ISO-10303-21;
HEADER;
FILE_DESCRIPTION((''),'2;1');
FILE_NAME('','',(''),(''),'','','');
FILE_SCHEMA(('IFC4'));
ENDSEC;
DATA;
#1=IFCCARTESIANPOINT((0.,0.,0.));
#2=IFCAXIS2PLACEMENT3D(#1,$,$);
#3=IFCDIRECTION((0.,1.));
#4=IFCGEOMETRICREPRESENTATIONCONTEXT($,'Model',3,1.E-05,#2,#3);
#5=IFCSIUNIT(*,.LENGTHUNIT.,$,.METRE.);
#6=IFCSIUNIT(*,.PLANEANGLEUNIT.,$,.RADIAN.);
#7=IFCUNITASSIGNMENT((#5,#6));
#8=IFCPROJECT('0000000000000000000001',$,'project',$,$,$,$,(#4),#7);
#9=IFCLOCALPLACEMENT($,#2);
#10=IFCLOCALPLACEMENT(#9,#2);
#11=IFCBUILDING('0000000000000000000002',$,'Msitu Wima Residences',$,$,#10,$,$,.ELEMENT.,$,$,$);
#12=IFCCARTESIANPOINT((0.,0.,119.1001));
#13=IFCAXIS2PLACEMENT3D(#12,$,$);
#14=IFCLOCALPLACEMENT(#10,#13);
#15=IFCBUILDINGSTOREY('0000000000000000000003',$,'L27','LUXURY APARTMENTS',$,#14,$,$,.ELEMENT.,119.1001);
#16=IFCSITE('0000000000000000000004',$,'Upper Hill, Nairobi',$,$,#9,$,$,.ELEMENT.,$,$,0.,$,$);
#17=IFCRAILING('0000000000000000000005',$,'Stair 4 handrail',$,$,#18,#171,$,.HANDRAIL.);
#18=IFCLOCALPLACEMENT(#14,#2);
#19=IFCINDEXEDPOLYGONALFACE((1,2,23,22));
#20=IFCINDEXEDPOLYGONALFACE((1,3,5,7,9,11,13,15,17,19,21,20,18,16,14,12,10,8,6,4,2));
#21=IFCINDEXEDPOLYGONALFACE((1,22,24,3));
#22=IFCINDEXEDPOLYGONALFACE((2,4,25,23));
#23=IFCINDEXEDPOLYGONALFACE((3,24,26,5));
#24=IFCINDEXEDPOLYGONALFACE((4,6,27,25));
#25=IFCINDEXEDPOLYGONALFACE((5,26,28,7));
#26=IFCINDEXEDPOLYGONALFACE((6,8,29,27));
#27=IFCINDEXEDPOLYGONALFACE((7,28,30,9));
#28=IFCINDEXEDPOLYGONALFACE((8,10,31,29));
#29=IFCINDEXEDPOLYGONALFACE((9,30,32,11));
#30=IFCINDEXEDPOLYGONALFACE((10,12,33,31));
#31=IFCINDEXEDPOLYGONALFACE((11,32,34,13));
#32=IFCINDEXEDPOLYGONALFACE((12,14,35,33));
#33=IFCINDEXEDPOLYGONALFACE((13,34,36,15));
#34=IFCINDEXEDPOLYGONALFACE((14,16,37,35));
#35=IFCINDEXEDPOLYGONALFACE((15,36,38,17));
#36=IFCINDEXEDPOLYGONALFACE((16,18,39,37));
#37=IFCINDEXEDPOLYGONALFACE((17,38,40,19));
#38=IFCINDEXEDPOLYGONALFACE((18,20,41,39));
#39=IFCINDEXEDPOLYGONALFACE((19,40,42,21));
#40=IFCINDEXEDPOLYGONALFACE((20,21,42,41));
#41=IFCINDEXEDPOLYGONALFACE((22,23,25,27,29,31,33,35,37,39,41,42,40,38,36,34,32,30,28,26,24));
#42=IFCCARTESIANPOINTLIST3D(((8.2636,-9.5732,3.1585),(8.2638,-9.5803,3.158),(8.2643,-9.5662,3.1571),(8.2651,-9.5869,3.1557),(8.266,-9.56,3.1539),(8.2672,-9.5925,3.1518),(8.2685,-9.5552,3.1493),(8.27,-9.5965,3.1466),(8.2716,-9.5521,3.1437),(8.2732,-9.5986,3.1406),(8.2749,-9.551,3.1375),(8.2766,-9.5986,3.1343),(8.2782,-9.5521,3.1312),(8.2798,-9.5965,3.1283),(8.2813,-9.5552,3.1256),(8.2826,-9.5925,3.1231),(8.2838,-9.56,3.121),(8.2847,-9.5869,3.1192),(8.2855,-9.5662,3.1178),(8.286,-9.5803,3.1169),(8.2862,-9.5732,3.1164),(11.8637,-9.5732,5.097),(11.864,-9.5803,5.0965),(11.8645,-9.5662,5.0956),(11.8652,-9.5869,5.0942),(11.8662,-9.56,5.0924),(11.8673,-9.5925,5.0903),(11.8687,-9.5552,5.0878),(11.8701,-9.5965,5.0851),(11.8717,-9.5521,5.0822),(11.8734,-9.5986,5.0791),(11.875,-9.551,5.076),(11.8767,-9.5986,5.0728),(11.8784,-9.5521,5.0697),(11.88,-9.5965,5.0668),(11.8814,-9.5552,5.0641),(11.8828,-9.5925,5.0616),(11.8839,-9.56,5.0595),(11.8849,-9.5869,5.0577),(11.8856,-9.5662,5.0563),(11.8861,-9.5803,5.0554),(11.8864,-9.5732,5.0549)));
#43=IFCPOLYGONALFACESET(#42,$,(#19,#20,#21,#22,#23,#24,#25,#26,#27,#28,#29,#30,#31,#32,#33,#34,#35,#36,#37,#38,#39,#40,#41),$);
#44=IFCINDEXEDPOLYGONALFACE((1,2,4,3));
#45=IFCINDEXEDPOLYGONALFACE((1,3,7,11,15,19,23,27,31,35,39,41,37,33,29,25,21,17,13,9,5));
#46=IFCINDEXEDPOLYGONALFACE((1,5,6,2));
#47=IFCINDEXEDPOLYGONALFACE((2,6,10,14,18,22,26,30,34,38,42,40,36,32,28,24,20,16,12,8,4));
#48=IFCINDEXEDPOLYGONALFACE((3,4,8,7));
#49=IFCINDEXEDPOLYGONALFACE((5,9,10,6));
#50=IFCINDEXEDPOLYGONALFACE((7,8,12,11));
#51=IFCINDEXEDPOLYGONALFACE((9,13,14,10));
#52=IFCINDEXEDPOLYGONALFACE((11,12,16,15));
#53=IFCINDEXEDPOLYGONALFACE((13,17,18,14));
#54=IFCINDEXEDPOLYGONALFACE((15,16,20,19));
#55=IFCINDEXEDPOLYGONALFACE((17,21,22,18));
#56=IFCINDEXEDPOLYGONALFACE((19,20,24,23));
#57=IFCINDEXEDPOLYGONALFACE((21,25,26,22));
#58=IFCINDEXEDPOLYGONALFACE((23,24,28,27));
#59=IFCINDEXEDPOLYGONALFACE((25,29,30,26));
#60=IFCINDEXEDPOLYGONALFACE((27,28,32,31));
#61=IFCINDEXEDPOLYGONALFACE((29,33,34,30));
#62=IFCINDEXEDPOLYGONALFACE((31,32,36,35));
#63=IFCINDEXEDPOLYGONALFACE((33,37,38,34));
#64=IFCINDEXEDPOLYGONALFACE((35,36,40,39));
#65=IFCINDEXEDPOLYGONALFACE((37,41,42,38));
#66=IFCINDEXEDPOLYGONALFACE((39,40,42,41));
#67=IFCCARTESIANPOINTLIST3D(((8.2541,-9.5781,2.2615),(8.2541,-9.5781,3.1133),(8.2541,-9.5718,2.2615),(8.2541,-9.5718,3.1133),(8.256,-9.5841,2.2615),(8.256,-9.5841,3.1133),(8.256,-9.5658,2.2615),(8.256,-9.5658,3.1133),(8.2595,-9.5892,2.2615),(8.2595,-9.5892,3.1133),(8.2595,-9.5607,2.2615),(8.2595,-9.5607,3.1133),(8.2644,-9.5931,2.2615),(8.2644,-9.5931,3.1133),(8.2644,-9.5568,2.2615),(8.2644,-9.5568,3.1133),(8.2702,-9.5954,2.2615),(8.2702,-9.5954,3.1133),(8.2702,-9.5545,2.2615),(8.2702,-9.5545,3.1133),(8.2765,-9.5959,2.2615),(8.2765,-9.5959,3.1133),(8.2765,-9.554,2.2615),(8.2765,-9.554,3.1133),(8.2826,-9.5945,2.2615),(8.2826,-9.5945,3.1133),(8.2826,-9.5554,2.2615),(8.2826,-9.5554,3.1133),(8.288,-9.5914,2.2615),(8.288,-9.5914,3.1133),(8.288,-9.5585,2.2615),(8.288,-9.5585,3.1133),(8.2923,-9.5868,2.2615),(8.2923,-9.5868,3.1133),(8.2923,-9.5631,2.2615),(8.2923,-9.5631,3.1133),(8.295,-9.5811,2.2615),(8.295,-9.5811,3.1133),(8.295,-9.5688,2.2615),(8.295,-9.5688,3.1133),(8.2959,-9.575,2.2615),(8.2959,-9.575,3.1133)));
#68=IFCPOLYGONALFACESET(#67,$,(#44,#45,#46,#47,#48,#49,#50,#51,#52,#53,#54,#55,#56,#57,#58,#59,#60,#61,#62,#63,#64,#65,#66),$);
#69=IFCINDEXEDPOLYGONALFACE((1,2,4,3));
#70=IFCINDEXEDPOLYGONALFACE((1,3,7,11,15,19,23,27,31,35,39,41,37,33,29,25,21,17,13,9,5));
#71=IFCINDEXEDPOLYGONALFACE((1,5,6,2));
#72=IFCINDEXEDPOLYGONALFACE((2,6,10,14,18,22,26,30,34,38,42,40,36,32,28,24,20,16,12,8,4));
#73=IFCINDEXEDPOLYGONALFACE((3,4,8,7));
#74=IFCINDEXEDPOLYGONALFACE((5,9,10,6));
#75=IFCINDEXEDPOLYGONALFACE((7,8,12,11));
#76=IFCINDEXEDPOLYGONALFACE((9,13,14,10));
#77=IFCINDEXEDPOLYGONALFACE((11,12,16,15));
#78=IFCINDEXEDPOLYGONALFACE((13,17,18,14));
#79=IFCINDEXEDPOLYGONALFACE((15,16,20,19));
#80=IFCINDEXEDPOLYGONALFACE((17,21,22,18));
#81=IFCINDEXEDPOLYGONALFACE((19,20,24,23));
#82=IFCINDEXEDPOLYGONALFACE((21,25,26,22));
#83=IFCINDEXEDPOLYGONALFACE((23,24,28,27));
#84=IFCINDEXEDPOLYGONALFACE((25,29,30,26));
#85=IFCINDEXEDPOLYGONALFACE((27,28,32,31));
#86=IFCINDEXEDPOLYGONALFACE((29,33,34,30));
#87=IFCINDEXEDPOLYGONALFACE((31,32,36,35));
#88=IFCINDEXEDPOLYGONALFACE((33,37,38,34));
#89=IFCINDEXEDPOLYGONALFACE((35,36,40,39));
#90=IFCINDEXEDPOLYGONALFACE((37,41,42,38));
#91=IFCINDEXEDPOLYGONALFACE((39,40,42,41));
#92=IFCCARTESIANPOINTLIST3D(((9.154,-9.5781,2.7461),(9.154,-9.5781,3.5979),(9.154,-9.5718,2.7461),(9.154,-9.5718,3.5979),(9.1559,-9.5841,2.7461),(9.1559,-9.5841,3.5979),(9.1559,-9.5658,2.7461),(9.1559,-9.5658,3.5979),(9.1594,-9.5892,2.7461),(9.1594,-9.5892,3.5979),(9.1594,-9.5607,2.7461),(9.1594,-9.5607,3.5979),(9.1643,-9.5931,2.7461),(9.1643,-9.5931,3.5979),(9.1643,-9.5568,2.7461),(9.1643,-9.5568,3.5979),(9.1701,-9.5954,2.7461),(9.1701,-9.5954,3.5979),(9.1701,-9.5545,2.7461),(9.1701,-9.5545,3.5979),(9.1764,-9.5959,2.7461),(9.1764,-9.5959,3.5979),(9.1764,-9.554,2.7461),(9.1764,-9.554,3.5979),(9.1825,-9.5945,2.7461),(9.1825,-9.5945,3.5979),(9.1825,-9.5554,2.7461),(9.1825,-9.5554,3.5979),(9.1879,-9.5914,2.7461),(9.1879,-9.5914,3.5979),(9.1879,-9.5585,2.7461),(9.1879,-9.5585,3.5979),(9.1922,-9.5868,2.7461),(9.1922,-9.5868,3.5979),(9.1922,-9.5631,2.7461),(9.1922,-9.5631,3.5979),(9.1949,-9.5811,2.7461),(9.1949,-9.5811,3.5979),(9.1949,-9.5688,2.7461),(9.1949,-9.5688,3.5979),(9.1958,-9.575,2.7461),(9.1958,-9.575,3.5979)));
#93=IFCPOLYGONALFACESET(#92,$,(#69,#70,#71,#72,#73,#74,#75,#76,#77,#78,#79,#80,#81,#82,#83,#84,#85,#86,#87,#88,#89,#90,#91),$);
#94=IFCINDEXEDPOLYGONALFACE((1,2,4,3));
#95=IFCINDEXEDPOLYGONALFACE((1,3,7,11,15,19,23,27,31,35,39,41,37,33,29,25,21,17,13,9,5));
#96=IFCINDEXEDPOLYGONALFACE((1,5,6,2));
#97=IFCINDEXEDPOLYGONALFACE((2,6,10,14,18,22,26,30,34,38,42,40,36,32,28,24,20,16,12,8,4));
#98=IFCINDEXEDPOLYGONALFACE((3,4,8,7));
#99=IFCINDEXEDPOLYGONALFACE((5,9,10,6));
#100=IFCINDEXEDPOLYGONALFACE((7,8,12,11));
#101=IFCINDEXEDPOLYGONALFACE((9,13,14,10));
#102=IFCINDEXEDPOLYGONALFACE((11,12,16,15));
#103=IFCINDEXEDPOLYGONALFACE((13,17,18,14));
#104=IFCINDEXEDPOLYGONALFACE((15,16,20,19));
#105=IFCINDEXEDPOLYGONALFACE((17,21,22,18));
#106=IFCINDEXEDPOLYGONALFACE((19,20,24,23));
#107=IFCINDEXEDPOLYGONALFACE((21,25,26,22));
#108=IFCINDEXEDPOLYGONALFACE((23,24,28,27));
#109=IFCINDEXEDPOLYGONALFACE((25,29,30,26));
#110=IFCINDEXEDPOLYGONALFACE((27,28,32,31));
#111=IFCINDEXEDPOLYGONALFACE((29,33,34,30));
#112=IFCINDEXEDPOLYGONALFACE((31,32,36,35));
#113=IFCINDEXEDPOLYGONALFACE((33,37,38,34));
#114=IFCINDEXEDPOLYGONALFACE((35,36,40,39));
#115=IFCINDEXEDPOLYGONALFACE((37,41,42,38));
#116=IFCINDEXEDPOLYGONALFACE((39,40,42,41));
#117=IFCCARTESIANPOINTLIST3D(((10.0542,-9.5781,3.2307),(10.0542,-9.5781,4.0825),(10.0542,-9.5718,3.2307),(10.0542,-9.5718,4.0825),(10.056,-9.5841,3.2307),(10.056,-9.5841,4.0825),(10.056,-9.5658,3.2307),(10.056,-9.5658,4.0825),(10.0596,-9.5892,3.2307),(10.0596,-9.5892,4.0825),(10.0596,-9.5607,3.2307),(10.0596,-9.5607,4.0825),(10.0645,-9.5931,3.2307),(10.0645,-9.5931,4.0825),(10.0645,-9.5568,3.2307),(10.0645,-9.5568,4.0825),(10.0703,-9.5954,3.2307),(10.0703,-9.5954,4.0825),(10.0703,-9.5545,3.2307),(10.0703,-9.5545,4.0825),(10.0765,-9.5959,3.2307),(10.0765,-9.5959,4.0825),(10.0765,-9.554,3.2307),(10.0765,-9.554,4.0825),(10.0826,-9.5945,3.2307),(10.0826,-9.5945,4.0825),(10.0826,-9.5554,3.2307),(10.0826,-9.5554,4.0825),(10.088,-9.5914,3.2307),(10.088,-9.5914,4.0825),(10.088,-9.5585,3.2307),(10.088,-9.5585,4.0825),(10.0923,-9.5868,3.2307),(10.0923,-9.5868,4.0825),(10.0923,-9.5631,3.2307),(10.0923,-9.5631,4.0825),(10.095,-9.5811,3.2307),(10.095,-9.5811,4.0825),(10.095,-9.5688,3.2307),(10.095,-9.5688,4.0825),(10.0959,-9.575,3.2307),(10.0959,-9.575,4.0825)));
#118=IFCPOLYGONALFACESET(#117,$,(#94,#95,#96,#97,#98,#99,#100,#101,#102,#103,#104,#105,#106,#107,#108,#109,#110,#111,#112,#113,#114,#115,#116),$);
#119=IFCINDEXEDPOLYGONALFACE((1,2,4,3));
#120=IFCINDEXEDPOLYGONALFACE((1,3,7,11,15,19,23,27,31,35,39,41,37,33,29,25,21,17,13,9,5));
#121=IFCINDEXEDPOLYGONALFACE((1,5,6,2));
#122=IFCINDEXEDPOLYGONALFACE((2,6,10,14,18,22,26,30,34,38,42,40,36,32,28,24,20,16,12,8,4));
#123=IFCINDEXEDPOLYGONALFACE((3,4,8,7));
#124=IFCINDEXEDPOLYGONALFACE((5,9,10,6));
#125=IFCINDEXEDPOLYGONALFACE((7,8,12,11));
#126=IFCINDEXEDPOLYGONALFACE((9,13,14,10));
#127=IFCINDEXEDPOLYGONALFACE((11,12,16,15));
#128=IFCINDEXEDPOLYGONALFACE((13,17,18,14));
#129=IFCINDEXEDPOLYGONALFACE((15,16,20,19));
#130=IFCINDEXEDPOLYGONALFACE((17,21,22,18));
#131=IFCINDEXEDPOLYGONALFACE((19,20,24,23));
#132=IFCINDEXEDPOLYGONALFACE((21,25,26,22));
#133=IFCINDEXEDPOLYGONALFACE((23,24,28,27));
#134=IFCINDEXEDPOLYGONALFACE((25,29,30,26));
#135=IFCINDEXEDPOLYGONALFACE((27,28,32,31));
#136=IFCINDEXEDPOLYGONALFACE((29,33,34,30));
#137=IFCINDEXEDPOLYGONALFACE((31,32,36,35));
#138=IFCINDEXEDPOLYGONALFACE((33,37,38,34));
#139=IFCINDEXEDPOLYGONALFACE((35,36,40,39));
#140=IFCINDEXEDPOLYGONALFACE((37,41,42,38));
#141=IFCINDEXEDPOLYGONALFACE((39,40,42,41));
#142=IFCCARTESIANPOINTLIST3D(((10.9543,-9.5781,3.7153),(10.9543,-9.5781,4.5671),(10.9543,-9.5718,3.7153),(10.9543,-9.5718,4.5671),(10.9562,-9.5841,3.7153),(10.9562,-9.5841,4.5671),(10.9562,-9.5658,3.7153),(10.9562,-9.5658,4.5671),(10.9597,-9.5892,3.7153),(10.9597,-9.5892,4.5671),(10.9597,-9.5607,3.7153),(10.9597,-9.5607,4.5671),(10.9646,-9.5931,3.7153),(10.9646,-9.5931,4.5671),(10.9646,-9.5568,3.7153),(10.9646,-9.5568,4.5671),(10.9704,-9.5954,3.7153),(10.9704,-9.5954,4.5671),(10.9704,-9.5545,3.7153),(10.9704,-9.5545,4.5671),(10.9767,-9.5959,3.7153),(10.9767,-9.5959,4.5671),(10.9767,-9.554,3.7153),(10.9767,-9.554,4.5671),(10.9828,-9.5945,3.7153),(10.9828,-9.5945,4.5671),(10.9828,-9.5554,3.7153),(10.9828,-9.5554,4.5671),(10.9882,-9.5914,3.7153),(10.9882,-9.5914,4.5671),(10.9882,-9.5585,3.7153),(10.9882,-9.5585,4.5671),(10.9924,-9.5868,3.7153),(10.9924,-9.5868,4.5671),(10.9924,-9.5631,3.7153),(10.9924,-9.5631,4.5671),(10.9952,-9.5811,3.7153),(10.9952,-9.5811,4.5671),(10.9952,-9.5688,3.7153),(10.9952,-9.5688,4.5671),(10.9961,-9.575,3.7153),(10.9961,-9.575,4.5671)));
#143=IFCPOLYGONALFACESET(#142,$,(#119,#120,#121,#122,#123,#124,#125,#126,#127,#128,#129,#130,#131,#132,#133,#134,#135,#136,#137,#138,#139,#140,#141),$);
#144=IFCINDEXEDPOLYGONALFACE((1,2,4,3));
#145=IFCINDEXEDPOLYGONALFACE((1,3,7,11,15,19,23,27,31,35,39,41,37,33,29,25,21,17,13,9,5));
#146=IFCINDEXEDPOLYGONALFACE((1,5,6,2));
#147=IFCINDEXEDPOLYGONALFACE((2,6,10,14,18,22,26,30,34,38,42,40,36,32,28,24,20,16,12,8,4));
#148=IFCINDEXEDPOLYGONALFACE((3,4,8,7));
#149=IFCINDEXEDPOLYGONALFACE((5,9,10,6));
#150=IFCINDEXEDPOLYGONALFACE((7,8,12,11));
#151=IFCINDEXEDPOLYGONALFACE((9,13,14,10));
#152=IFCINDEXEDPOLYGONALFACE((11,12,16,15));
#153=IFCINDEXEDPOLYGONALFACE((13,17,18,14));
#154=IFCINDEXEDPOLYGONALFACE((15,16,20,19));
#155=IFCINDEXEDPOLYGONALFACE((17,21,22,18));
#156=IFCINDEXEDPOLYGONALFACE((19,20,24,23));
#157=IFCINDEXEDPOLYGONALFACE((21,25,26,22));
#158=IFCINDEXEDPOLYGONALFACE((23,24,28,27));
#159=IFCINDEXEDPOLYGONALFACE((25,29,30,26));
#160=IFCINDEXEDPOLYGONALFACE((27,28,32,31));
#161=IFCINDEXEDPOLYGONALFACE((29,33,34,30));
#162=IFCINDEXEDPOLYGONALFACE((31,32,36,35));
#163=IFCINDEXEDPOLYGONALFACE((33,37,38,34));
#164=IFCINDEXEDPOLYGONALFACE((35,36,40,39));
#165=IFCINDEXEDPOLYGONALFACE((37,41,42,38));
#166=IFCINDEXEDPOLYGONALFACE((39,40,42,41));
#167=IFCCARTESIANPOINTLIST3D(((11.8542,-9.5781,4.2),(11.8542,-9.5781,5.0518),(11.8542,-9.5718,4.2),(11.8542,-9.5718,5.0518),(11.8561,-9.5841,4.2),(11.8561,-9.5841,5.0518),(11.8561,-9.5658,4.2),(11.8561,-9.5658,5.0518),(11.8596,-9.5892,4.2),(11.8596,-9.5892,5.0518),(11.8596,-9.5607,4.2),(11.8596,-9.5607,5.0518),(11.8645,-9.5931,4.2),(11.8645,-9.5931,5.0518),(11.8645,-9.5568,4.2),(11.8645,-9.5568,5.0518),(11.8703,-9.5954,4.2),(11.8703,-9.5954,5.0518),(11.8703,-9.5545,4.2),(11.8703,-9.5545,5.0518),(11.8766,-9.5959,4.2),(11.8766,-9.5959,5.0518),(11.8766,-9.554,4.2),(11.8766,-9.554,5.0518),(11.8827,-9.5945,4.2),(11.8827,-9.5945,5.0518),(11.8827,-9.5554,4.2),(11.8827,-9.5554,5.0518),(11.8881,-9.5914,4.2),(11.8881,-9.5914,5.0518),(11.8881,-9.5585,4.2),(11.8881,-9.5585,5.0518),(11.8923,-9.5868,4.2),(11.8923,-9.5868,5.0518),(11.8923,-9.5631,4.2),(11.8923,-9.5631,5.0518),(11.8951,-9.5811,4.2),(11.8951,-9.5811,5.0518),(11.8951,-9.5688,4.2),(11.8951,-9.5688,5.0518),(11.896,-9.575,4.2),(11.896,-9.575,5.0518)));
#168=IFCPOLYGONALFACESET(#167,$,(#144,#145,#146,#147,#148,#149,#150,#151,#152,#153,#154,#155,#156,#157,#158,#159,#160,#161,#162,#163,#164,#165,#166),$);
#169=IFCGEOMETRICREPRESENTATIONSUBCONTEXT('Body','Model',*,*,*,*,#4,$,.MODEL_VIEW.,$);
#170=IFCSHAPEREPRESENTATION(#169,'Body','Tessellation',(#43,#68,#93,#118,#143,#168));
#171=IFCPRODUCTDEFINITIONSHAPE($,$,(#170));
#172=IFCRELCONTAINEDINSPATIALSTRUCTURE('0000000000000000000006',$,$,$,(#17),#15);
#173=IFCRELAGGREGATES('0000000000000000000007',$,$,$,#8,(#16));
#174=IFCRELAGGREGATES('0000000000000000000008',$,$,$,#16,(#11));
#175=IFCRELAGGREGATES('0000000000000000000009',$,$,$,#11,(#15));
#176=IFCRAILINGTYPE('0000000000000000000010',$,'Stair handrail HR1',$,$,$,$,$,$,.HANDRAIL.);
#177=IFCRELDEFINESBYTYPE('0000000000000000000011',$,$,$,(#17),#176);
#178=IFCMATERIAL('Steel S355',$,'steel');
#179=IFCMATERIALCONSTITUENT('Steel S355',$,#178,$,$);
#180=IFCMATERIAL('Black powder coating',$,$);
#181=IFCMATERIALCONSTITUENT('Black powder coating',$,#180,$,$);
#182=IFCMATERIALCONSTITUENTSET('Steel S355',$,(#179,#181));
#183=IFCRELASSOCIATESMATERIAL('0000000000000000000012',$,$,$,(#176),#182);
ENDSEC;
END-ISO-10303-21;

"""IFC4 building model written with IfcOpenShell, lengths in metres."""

from ifc_helpers import new_model, si_unit, direction, frame, origin, origin_2d, place, context, subcontext, project, spatial, circle, extrude, material, constituent, constituent_set, type_object, element, save


model = new_model("IFC4")

# Units and contexts
model_context = context("Model", 3, precision=1e-05, world=origin(), true_north=direction((0.0, 1.0)))
body_context = subcontext(model_context, "Body", "Model", "MODEL_VIEW")
ifc_project = project(units=[si_unit("LENGTHUNIT", "METRE"), si_unit("PLANEANGLEUNIT", "RADIAN")], contexts=[model_context])

# Site, building, storey
site_placement = place(None, origin())
site = spatial("IfcSite", under=ifc_project, at=site_placement, Name="Upper Hill, Nairobi", CompositionType="ELEMENT", RefElevation=0.0)
building_placement = place(site_placement, origin())
building = spatial("IfcBuilding", under=site, at=building_placement, Name="Msitu Wima Residences", CompositionType="ELEMENT")
storey_placement = place(building_placement, frame((0.0, 0.0, 119.1001)))
storey = spatial("IfcBuildingStorey", under=building, at=storey_placement, Name="L27", Description="LUXURY APARTMENTS", CompositionType="ELEMENT", Elevation=119.1001)

# Railing
ifc_material_1 = material(Name="Steel S355", Category="steel")
ifc_constituent_1 = constituent(ifc_material_1, Name="Steel S355")
ifc_material_2 = material(Name="Black powder coating")
ifc_constituent_2 = constituent(ifc_material_2, Name="Black powder coating")
ifc_constituent_set = constituent_set(constituents=[ifc_constituent_1, ifc_constituent_2], Name="Steel S355")
railing_type = type_object("IfcRailingType", Name="Stair handrail HR1", PredefinedType="HANDRAIL", material=ifc_constituent_set)
for number, where, name in (
    (1, (8.2749, -9.575, 2.2615), "Stair 4 handrail"),
):
    element("IfcRailing", number, at=place(storey_placement, frame(where)), inside=storey, type_object=railing_type, Name=name, PredefinedType="HANDRAIL", context=body_context, shape_type="SweptSolid", body=[
        extrude(circle(Radius=0.0239, at=origin_2d()), frame((0.0, 0.0, 0.876), z_axis=(0.880475, 0.0, 0.474093), x_axis=(0.0, 1.0, 0.0)), (0.0, 0.0, 1.0), 4.0889),
        extrude(circle(Radius=0.021, at=origin_2d()), origin(), (0.0, 0.0, 1.0), 0.8518),
        extrude(circle(Radius=0.021, at=origin_2d()), frame((0.8999, 0.0, 0.4846)), (0.0, 0.0, 1.0), 0.8518),
        extrude(circle(Radius=0.021, at=origin_2d()), frame((1.8, 0.0, 0.9692)), (0.0, 0.0, 1.0), 0.8518),
        extrude(circle(Radius=0.021, at=origin_2d()), frame((2.7002, 0.0, 1.4539)), (0.0, 0.0, 1.0), 0.8518),
        extrude(circle(Radius=0.021, at=origin_2d()), frame((3.6001, 0.0, 1.9385)), (0.0, 0.0, 1.0), 0.8518),
    ])

save(model, "model.ifc")
